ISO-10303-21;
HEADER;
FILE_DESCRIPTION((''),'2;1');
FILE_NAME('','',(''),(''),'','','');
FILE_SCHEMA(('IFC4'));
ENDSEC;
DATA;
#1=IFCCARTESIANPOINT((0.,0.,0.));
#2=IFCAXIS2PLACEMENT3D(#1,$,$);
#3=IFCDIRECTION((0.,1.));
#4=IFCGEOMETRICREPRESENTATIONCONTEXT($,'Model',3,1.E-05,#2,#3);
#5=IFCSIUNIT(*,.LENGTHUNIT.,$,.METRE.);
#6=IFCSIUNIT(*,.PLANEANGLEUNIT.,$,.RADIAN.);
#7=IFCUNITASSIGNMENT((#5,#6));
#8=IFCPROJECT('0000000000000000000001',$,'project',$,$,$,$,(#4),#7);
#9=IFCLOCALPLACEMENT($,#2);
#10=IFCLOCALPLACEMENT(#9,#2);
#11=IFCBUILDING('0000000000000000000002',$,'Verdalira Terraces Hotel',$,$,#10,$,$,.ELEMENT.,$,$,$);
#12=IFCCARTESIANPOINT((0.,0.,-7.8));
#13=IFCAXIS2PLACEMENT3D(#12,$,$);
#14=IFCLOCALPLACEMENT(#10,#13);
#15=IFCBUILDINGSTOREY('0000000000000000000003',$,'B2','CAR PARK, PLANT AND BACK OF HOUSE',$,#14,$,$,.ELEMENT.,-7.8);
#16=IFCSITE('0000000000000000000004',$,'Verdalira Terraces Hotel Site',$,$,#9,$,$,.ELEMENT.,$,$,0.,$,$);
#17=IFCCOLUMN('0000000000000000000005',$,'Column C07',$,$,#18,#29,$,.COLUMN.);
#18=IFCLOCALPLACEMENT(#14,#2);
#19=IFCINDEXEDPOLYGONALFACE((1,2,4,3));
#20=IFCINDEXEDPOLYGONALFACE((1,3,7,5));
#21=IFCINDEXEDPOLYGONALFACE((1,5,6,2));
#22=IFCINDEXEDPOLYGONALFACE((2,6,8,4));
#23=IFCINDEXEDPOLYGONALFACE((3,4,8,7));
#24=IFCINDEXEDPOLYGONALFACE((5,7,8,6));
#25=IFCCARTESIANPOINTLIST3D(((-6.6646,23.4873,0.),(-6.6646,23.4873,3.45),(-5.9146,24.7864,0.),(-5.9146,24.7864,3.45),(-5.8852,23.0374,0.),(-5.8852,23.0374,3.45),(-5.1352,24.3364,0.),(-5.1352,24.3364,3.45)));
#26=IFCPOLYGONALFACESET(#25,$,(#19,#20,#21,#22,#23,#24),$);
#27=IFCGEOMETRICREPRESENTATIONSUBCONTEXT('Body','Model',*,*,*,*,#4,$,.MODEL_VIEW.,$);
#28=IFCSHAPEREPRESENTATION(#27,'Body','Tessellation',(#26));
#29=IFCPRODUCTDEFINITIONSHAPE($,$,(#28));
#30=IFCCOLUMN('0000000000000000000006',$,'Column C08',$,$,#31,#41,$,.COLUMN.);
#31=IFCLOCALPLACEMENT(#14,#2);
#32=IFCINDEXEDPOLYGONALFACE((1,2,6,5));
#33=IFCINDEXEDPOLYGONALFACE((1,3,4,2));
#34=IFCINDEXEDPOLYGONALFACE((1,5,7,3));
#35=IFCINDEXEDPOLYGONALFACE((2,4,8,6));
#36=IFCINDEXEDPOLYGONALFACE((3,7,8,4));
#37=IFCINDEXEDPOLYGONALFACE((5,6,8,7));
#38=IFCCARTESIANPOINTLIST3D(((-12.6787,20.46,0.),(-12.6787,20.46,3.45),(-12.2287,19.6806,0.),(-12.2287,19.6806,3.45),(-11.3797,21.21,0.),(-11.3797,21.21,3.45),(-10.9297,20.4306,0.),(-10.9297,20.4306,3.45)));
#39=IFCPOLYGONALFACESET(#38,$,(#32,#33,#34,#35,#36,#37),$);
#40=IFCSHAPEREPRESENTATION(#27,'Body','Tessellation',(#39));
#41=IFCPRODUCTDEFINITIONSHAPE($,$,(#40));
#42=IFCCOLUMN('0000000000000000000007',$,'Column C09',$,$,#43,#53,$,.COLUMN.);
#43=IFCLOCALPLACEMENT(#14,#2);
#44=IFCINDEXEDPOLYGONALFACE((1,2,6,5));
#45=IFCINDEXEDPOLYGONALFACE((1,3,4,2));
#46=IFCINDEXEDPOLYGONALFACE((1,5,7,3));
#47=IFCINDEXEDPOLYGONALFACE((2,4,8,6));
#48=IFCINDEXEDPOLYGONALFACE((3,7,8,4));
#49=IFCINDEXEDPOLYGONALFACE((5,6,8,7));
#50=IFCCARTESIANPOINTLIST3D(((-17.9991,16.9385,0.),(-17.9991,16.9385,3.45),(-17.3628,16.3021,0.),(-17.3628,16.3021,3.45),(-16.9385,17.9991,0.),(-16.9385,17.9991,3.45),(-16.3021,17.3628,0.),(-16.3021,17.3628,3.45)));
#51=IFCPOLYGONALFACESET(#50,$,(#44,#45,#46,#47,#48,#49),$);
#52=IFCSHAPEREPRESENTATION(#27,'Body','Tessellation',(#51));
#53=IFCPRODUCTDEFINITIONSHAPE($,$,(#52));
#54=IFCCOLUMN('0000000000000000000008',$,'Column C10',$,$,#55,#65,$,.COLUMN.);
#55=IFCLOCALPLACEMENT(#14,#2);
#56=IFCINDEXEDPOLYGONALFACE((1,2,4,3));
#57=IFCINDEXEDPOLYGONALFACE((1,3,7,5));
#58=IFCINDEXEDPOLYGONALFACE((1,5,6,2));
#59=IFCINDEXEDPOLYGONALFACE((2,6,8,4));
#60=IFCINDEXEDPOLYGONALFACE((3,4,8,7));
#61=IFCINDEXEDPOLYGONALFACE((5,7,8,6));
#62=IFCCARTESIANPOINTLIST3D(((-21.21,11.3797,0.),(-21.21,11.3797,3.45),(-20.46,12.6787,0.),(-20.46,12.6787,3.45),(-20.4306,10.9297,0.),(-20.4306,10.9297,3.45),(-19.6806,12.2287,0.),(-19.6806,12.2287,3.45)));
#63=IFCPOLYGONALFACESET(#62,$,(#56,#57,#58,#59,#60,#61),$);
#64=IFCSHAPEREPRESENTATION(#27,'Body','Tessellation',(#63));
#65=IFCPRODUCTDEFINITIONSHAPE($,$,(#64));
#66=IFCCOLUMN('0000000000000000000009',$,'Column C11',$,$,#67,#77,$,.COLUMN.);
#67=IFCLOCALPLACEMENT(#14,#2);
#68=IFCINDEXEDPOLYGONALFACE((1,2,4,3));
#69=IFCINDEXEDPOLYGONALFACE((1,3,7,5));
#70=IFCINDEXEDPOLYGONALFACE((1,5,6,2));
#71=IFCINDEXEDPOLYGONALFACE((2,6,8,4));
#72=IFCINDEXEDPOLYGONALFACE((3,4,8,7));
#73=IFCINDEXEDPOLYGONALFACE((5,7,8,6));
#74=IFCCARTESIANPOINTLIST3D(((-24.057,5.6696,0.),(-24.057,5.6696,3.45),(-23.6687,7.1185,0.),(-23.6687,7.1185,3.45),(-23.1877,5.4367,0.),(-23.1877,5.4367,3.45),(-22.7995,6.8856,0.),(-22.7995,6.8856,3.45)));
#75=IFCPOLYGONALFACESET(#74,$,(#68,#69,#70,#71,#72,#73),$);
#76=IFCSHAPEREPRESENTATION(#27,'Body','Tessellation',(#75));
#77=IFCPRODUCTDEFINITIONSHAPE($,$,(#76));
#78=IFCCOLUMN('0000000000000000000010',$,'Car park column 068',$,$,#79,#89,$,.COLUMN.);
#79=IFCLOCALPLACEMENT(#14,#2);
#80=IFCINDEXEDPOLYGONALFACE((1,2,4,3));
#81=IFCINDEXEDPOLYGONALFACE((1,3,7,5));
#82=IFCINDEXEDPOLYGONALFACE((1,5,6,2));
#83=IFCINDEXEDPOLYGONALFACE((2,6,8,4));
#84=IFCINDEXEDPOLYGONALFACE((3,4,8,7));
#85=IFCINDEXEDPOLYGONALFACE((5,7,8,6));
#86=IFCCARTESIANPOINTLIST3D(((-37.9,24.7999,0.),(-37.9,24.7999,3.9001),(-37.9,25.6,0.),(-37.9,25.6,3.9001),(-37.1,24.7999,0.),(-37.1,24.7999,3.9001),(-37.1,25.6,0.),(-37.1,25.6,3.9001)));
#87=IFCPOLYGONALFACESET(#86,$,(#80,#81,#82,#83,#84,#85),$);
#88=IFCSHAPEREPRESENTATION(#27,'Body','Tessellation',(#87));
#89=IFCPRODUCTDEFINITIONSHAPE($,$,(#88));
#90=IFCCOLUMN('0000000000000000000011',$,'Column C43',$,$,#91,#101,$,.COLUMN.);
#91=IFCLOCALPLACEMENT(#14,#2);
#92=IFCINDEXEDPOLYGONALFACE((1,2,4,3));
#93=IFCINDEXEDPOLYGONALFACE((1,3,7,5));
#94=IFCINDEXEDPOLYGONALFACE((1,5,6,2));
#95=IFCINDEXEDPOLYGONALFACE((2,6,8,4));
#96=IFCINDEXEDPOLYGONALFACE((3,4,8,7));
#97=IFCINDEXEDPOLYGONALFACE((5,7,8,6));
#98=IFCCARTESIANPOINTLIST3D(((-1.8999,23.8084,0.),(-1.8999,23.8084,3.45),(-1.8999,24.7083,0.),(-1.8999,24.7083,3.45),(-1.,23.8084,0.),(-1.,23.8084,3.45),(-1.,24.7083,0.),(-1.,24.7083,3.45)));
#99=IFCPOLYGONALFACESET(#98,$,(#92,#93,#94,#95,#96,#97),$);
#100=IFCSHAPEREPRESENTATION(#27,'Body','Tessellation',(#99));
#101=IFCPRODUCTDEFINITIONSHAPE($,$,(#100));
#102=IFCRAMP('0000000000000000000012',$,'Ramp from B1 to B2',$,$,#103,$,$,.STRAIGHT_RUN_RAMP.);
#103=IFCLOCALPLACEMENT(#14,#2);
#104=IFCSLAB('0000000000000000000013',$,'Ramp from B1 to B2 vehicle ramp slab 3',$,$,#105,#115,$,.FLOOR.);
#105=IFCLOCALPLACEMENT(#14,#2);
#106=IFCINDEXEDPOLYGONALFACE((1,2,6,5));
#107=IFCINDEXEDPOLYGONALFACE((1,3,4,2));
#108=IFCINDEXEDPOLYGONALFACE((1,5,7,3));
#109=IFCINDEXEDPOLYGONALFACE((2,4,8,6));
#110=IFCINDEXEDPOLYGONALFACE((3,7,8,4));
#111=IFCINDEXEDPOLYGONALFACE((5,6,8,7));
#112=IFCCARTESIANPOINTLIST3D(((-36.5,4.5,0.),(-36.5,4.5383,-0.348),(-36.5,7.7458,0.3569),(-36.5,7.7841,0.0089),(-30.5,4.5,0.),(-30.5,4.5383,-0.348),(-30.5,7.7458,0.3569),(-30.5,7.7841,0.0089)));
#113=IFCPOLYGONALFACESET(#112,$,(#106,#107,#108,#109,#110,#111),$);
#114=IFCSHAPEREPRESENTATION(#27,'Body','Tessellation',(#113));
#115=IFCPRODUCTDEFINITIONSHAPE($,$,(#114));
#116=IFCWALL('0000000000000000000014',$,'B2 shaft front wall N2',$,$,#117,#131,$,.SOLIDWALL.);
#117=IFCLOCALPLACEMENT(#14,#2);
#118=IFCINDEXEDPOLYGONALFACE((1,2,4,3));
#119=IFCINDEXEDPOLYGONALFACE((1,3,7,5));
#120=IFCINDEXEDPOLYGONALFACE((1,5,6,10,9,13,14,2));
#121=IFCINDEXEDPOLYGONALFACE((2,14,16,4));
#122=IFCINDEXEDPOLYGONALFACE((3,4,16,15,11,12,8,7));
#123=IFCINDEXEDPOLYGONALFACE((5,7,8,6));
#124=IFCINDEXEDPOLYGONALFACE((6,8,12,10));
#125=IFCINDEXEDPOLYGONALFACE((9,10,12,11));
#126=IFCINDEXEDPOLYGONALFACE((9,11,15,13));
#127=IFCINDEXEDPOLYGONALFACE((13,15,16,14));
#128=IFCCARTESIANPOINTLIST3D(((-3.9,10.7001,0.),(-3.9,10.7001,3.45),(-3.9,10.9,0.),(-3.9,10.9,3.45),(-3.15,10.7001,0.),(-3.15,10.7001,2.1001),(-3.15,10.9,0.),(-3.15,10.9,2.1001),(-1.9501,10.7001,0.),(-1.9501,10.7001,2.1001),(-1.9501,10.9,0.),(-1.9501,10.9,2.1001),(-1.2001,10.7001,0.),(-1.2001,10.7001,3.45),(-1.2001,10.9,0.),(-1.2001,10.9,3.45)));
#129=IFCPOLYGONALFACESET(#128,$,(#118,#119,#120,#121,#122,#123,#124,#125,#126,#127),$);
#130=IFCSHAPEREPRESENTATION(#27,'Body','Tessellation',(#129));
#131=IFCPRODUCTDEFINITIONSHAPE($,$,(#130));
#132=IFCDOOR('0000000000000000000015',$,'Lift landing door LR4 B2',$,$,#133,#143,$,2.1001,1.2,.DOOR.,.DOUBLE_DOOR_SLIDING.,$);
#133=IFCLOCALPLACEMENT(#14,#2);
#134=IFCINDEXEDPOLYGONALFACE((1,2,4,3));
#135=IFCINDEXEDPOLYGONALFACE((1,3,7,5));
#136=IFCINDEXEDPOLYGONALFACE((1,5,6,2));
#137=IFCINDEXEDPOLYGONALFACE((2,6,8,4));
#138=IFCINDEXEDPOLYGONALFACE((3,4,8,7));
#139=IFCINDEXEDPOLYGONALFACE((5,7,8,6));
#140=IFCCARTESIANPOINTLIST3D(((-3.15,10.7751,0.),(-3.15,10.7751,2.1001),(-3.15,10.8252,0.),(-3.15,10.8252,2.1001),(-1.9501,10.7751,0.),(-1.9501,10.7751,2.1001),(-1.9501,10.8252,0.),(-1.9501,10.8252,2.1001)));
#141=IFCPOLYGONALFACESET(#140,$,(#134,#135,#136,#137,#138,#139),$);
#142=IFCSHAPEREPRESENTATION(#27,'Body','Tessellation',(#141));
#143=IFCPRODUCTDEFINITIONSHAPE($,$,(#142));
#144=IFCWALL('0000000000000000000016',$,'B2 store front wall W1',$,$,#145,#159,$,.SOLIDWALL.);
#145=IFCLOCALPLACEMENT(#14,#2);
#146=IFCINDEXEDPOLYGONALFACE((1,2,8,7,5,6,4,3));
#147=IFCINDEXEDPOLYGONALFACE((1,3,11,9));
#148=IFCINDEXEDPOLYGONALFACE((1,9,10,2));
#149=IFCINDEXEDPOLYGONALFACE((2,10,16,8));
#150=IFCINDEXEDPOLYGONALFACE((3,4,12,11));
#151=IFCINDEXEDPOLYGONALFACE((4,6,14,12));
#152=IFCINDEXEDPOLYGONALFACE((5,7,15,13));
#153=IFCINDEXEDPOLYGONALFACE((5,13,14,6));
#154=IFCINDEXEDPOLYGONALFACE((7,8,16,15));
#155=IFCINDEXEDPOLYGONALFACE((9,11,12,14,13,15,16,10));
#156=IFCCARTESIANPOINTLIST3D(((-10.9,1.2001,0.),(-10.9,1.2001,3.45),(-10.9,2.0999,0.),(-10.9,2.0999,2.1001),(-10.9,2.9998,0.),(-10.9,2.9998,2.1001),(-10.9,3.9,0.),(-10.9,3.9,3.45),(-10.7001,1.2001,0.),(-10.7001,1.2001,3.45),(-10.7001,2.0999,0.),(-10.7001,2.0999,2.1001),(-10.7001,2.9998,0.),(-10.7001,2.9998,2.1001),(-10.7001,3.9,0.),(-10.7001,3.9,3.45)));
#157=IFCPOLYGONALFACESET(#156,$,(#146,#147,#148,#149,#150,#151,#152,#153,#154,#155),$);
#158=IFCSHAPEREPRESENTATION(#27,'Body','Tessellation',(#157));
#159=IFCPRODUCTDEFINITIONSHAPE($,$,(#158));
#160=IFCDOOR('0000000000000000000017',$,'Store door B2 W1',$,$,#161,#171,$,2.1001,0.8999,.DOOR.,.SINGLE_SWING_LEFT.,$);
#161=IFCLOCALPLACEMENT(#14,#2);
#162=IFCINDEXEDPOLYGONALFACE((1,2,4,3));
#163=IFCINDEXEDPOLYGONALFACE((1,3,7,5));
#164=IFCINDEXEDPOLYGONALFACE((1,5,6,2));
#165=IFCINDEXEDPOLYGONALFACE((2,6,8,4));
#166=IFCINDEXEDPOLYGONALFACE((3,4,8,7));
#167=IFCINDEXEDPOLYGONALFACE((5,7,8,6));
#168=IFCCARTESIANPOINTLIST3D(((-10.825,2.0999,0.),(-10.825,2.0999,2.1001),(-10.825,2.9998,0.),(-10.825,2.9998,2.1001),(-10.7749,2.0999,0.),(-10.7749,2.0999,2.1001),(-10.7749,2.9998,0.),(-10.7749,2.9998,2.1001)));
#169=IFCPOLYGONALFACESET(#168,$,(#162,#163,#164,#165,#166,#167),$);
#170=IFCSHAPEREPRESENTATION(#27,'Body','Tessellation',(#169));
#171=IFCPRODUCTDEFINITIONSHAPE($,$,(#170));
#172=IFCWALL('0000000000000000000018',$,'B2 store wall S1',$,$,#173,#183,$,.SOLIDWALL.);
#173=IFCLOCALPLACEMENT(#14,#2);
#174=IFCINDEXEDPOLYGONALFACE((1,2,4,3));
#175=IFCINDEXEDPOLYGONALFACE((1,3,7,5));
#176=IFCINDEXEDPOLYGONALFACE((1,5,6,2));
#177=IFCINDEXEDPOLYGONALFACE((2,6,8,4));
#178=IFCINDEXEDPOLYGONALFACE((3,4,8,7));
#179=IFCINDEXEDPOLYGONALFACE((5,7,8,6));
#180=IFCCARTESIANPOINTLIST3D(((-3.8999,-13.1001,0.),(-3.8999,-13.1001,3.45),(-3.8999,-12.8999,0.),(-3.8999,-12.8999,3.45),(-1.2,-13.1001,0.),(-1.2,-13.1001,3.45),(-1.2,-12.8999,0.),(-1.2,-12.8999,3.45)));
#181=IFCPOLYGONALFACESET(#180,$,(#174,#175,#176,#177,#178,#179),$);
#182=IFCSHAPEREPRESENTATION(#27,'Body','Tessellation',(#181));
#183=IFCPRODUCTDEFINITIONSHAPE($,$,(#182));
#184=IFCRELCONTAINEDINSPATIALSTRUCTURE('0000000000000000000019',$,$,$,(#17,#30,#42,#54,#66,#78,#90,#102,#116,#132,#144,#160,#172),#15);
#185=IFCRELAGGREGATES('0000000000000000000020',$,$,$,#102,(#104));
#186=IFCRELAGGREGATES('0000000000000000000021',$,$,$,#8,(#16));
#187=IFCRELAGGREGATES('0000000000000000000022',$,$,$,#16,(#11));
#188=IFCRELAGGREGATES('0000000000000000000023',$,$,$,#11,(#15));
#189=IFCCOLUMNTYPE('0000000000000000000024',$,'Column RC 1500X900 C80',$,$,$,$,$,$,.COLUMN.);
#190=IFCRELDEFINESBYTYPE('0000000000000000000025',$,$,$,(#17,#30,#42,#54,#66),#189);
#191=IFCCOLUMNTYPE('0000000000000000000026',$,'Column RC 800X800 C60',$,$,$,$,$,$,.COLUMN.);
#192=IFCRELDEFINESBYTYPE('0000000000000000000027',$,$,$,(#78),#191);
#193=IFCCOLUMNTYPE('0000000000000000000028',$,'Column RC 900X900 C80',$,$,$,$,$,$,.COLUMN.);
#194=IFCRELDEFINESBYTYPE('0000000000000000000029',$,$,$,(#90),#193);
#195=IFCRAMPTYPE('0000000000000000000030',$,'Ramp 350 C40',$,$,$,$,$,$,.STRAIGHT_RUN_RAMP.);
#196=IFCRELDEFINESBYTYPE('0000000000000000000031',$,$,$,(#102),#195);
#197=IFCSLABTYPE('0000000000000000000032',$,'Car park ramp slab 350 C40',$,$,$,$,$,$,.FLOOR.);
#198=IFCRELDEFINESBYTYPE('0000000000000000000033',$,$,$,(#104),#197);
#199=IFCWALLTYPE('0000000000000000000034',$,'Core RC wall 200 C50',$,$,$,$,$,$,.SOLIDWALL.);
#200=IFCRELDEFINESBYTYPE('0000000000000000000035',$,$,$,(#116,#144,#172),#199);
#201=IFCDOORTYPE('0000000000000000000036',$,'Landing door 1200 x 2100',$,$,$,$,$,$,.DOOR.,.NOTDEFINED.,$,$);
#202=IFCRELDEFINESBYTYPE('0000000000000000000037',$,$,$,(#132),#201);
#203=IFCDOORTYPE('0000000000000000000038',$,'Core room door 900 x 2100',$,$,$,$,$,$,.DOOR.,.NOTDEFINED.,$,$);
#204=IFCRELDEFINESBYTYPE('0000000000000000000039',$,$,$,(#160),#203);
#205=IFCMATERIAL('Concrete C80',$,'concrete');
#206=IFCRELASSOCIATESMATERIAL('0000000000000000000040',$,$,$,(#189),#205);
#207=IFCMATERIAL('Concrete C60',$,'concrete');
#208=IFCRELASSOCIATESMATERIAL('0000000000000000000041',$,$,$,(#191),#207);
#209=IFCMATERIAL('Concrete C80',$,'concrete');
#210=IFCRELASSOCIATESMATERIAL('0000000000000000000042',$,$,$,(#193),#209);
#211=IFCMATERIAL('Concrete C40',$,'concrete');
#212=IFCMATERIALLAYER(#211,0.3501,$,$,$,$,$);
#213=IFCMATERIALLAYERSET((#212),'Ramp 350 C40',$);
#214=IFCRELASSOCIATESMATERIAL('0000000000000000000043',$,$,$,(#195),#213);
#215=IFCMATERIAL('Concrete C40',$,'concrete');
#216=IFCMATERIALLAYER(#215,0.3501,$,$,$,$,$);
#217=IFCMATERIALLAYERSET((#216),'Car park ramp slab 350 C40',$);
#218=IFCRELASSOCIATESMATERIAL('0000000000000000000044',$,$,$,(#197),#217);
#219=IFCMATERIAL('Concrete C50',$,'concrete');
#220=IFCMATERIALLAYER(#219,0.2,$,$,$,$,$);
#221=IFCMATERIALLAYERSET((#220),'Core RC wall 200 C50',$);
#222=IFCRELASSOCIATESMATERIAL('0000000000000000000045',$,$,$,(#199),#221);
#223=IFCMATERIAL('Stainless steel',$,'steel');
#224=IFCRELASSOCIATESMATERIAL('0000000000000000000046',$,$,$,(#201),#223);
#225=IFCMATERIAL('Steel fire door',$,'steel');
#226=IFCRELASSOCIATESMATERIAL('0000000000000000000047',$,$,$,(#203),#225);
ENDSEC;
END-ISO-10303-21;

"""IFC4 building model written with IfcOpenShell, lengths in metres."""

from ifc_helpers import new_model, si_unit, direction, frame, frame_2d, origin, origin_2d, place, context, subcontext, project, spatial, polyline, rectangle, outline, extrude, material, layer, layer_set, material_profile, profile_set, type_object, element, fill, aggregate, save


model = new_model("IFC4")

# Units and contexts
model_context = context("Model", 3, precision=1e-05, world=origin(), true_north=direction((0.0, 1.0)))
body_context = subcontext(model_context, "Body", "Model", "MODEL_VIEW")
ifc_project = project(units=[si_unit("LENGTHUNIT", "METRE"), si_unit("PLANEANGLEUNIT", "RADIAN")], contexts=[model_context])

# Site, building, storey
site_placement = place(None, origin())
site = spatial("IfcSite", under=ifc_project, at=site_placement, Name="Verdalira Terraces Hotel Site", CompositionType="ELEMENT", RefElevation=0.0)
building_placement = place(site_placement, origin())
building = spatial("IfcBuilding", under=site, at=building_placement, Name="Verdalira Terraces Hotel", CompositionType="ELEMENT")
storey_placement = place(building_placement, frame((0.0, 0.0, -7.8)))
storey = spatial("IfcBuildingStorey", under=building, at=storey_placement, Name="B2", Description="CAR PARK, PLANT AND BACK OF HOUSE", CompositionType="ELEMENT", Elevation=-7.8)

# Columns
ifc_material_1 = material(Name="Concrete C80", Category="concrete")
ifc_material_profile_1 = material_profile(ifc_material_1, rectangle(XDim=1.5, YDim=0.8999, at=origin_2d()), Name="RC 1500X900")
ifc_profile_set_1 = profile_set([ifc_material_profile_1], Name="Concrete C80")
column_type_1 = type_object("IfcColumnType", Name="Column RC 1500X900 C80", PredefinedType="COLUMN", material=ifc_profile_set_1)
for number, where, z_axis, x_axis, name in (
    (1, (-5.8999, 23.9119, 0.0), (0.0, 0.0, 1.0), (0.5, 0.866025, 0.0), "Column C07"),
    (2, (-11.8042, 20.4453, 0.0), (0.0, 0.0, 1.0), (-0.866025, -0.5, 0.0), "Column C08"),
    (3, (-17.1506, 17.1506, 0.0), (0.0, 0.0, 1.0), (0.707107, 0.707107, 0.0), "Column C09"),
    (4, (-20.4453, 11.8042, 0.0), (0.0, 0.0, 1.0), (-0.5, -0.866025, 0.0), "Column C10"),
    (5, (-23.4282, 6.2776, 0.0), (0.0, 0.0, 1.0), (0.258819, 0.965926, 0.0), "Column C11"),
):
    element("IfcColumn", number, at=place(storey_placement, frame(where, z_axis=z_axis, x_axis=x_axis)), inside=storey, type_object=column_type_1, Name=name, PredefinedType="COLUMN", context=body_context, shape_type="SweptSolid", body=[
        extrude(rectangle(XDim=1.5, YDim=0.8999, at=origin_2d()), origin(), (0.0, 0.0, 1.0), 3.45),
    ])
ifc_material_2 = material(Name="Concrete C60", Category="concrete")
ifc_material_profile_2 = material_profile(ifc_material_2, rectangle(XDim=0.8, YDim=0.8, at=origin_2d()), Name="RC 800X800")
ifc_profile_set_2 = profile_set([ifc_material_profile_2], Name="Concrete C60")
column_type_2 = type_object("IfcColumnType", Name="Column RC 800X800 C60", PredefinedType="COLUMN", material=ifc_profile_set_2)
column_1_placement = place(storey_placement, frame((-37.5, 25.2, 0.0), z_axis=(0.0, 0.0, 1.0), x_axis=(1.0, 0.0, 0.0)))
element("IfcColumn", 6, at=column_1_placement, inside=storey, type_object=column_type_2, Name="Car park column 068", PredefinedType="COLUMN", context=body_context, shape_type="SweptSolid", body=[
    extrude(rectangle(XDim=0.8, YDim=0.8, at=origin_2d()), origin(), (0.0, 0.0, 1.0), 3.9001),
])
ifc_material_3 = material(Name="Concrete C80", Category="concrete")
ifc_material_profile_3 = material_profile(ifc_material_3, rectangle(XDim=0.8999, YDim=0.8999, at=origin_2d()), Name="RC 900X900")
ifc_profile_set_3 = profile_set([ifc_material_profile_3], Name="Concrete C80")
column_type_3 = type_object("IfcColumnType", Name="Column RC 900X900 C80", PredefinedType="COLUMN", material=ifc_profile_set_3)
column_2_placement = place(storey_placement, frame((-1.45, 24.2583, 0.0), z_axis=(0.0, 0.0, 1.0), x_axis=(0.0, 1.0, 0.0)))
element("IfcColumn", 7, at=column_2_placement, inside=storey, type_object=column_type_3, Name="Column C43", PredefinedType="COLUMN", context=body_context, shape_type="SweptSolid", body=[
    extrude(rectangle(XDim=0.8999, YDim=0.8999, at=origin_2d()), origin(), (0.0, 0.0, 1.0), 3.45),
])

# Ramp, slab
ifc_material_4 = material(Name="Concrete C40", Category="concrete")
ifc_layer_1 = layer(ifc_material_4, 0.3501)
ifc_layer_set_1 = layer_set([ifc_layer_1], Name="Ramp 350 C40")
ramp_type = type_object("IfcRampType", Name="Ramp 350 C40", PredefinedType="STRAIGHT_RUN_RAMP", material=ifc_layer_set_1)
ramp_placement = place(storey_placement, origin())
ramp = element("IfcRamp", 8, at=ramp_placement, inside=storey, type_object=ramp_type, Name="Ramp from B1 to B2", PredefinedType="STRAIGHT_RUN_RAMP")
ifc_material_5 = material(Name="Concrete C40", Category="concrete")
ifc_layer_2 = layer(ifc_material_5, 0.3501)
ifc_layer_set_2 = layer_set([ifc_layer_2], Name="Car park ramp slab 350 C40")
slab_type = type_object("IfcSlabType", Name="Car park ramp slab 350 C40", PredefinedType="FLOOR", material=ifc_layer_set_2)
slab_placement = place(storey_placement, frame((-36.5, 7.7458, 0.3569), z_axis=(0.0, -0.109307, 0.994008), x_axis=(1.0, 0.0, 0.0)))
slab = element("IfcSlab", 9, at=slab_placement, type_object=slab_type, Name="Ramp from B1 to B2 vehicle ramp slab 3", PredefinedType="FLOOR", context=body_context, shape_type="SweptSolid", body=[
    extrude(outline(polyline([(0.0, 0.0), (6.0, 0.0), (6.0, -3.2654), (0.0, -3.2654), (0.0, 0.0)])), origin(), (0.0, 0.0, -1.0), 0.3501),
])
aggregate(ramp, [slab])

# Walls, openings, doors
ifc_material_6 = material(Name="Concrete C50", Category="concrete")
ifc_layer_3 = layer(ifc_material_6, 0.2)
ifc_layer_set_3 = layer_set([ifc_layer_3], Name="Core RC wall 200 C50")
wall_type_1 = type_object("IfcWallType", Name="Core RC wall 200 C50", PredefinedType="SOLIDWALL", material=ifc_layer_set_3)
wall_1_placement = place(storey_placement, frame((-1.2, 10.8, 0.0), z_axis=(0.0, 0.0, 1.0), x_axis=(-1.0, 0.0, 0.0)))
wall_1 = element("IfcWall", 10, at=wall_1_placement, inside=storey, type_object=wall_type_1, Name="B2 shaft front wall N2", PredefinedType="SOLIDWALL", context=body_context, shape_type="SweptSolid", body=[
    extrude(rectangle(XDim=2.7, YDim=0.2, at=frame_2d((1.3501, 0.0))), origin(), (0.0, 0.0, 1.0), 3.45),
])
opening_1_placement = place(wall_1_placement, frame((0.75, 0.0, 0.0)))
opening_1 = element("IfcOpeningElement", 11, at=opening_1_placement, cuts=wall_1, PredefinedType="OPENING", context=body_context, shape_type="SweptSolid", body=[
    extrude(rectangle(XDim=1.2, YDim=2.1001, at=frame_2d((0.6001, 1.05))), frame((0.0, 0.1099, 0.0), z_axis=(0.0, -1.0, 0.0), x_axis=(1.0, 0.0, 0.0)), (0.0, 0.0, 1.0), 0.22),
])
ifc_material_7 = material(Name="Stainless steel", Category="steel")
door_type_1 = type_object("IfcDoorType", Name="Landing door 1200 x 2100", OperationType="NOTDEFINED", PredefinedType="DOOR", material=ifc_material_7)
door_1_placement = place(opening_1_placement, origin())
door_1 = element("IfcDoor", 12, at=door_1_placement, inside=storey, type_object=door_type_1, Name="Lift landing door LR4 B2", OperationType="DOUBLE_DOOR_SLIDING", OverallHeight=2.1001, OverallWidth=1.2, PredefinedType="DOOR", context=body_context, shape_type="SweptSolid", body=[
    extrude(rectangle(XDim=1.2, YDim=2.1001, at=frame_2d((0.6001, 1.05))), frame((0.0, 0.0249, 0.0), z_axis=(0.0, -1.0, 0.0), x_axis=(1.0, 0.0, 0.0)), (0.0, 0.0, 1.0), 0.05),
])
fill(opening_1, door_1)
wall_2_placement = place(storey_placement, frame((-10.8, 1.2, 0.0), z_axis=(0.0, 0.0, 1.0), x_axis=(0.0, 1.0, 0.0)))
wall_2 = element("IfcWall", 13, at=wall_2_placement, inside=storey, type_object=wall_type_1, Name="B2 store front wall W1", PredefinedType="SOLIDWALL", context=body_context, shape_type="SweptSolid", body=[
    extrude(rectangle(XDim=2.7, YDim=0.2, at=frame_2d((1.3501, 0.0))), origin(), (0.0, 0.0, 1.0), 3.45),
])
opening_2_placement = place(wall_2_placement, frame((0.8999, 0.0, 0.0)))
opening_2 = element("IfcOpeningElement", 14, at=opening_2_placement, cuts=wall_2, PredefinedType="OPENING", context=body_context, shape_type="SweptSolid", body=[
    extrude(rectangle(XDim=0.8999, YDim=2.1001, at=frame_2d((0.45, 1.05))), frame((0.0, 0.1099, 0.0), z_axis=(0.0, -1.0, 0.0), x_axis=(1.0, 0.0, 0.0)), (0.0, 0.0, 1.0), 0.22),
])
ifc_material_8 = material(Name="Steel fire door", Category="steel")
door_type_2 = type_object("IfcDoorType", Name="Core room door 900 x 2100", OperationType="NOTDEFINED", PredefinedType="DOOR", material=ifc_material_8)
door_2_placement = place(opening_2_placement, origin())
door_2 = element("IfcDoor", 15, at=door_2_placement, inside=storey, type_object=door_type_2, Name="Store door B2 W1", OperationType="SINGLE_SWING_LEFT", OverallHeight=2.1001, OverallWidth=0.8999, PredefinedType="DOOR", context=body_context, shape_type="SweptSolid", body=[
    extrude(rectangle(XDim=0.8999, YDim=2.1001, at=frame_2d((0.45, 1.05))), frame((0.0, 0.0249, 0.0), z_axis=(0.0, -1.0, 0.0), x_axis=(1.0, 0.0, 0.0)), (0.0, 0.0, 1.0), 0.05),
])
fill(opening_2, door_2)

# Wall
wall_3_placement = place(storey_placement, origin())
element("IfcWall", 16, at=wall_3_placement, inside=storey, type_object=wall_type_1, Name="B2 store wall S1", PredefinedType="SOLIDWALL", context=body_context, shape_type="SweptSolid", body=[
    extrude(outline(polyline([(-1.2, -12.8999), (-1.2, -13.1001), (-3.8999, -13.1001), (-3.8999, -12.8999), (-1.2, -12.8999)])), origin(), (0.0, 0.0, 1.0), 3.45),
])

save(model, "model.ifc")
